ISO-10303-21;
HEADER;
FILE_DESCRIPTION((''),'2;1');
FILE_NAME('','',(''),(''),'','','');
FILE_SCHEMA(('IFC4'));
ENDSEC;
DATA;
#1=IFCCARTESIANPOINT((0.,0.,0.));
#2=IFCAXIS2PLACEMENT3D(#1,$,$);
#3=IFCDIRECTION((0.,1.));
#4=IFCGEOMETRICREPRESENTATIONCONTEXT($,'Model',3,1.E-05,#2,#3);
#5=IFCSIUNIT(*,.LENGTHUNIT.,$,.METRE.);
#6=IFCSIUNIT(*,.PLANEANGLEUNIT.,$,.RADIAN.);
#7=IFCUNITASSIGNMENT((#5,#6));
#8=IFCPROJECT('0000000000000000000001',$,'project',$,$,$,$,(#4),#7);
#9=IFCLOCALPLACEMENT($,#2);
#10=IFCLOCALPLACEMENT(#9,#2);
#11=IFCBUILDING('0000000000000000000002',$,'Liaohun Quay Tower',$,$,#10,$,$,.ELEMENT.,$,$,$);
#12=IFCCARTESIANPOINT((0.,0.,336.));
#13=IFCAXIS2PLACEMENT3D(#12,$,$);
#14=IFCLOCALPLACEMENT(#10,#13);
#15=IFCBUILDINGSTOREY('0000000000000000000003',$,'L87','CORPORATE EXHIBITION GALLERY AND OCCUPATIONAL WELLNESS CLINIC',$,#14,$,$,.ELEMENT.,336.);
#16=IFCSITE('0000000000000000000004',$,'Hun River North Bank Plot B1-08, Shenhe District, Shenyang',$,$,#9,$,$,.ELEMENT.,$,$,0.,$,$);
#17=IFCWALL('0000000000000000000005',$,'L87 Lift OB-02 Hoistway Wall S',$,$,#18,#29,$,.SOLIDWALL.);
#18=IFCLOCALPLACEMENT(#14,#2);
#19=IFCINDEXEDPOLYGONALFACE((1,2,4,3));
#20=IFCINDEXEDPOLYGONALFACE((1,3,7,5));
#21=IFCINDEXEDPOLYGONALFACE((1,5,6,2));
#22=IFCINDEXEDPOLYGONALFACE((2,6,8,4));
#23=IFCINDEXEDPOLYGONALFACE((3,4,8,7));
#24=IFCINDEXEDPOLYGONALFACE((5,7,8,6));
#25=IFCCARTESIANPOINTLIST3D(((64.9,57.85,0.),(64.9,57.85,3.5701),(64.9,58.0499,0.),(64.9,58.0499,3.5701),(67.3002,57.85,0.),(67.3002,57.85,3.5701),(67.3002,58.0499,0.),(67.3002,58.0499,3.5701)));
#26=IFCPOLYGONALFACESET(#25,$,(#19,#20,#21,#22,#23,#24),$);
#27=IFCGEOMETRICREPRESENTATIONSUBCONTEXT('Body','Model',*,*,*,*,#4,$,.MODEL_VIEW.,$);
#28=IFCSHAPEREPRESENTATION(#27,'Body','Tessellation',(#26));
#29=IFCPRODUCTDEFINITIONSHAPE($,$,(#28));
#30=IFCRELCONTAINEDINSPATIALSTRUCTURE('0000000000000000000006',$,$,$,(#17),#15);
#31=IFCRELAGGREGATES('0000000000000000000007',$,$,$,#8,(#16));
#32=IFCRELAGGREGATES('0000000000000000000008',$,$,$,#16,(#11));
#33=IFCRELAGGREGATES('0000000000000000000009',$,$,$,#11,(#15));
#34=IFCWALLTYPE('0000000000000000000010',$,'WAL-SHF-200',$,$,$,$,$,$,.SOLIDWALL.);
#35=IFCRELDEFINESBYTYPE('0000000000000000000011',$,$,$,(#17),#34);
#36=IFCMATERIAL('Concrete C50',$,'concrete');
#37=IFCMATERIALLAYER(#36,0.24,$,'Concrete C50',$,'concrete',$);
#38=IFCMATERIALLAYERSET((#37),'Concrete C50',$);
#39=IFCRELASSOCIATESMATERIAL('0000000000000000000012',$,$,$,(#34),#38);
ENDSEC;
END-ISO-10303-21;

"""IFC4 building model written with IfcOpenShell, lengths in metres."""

from ifc_helpers import new_model, si_unit, direction, frame, frame_2d, origin, place, context, subcontext, project, spatial, rectangle, extrude, material, layer, layer_set, type_object, element, save


model = new_model("IFC4")

# Units and contexts
model_context = context("Model", 3, precision=1e-05, world=origin(), true_north=direction((0.0, 1.0)))
body_context = subcontext(model_context, "Body", "Model", "MODEL_VIEW")
ifc_project = project(units=[si_unit("LENGTHUNIT", "METRE"), si_unit("PLANEANGLEUNIT", "RADIAN")], contexts=[model_context])

# Site, building, storey
site_placement = place(None, origin())
site = spatial("IfcSite", under=ifc_project, at=site_placement, Name="Hun River North Bank Plot B1-08, Shenhe District, Shenyang", CompositionType="ELEMENT", RefElevation=0.0)
building_placement = place(site_placement, origin())
building = spatial("IfcBuilding", under=site, at=building_placement, Name="Liaohun Quay Tower", CompositionType="ELEMENT")
storey_placement = place(building_placement, frame((0.0, 0.0, 336.0)))
storey = spatial("IfcBuildingStorey", under=building, at=storey_placement, Name="L87", Description="CORPORATE EXHIBITION GALLERY AND OCCUPATIONAL WELLNESS CLINIC", CompositionType="ELEMENT", Elevation=336.0)

# Shared definitions
ifc_material_1 = material(Name="Concrete C50", Category="concrete")

# Wall
ifc_layer_1 = layer(ifc_material_1, 0.24, Name="Concrete C50", Category="concrete")
ifc_layer_set_1 = layer_set([ifc_layer_1], Name="Concrete C50")
wall_type_1 = type_object("IfcWallType", Name="WAL-SHF-200", PredefinedType="SOLIDWALL", material=ifc_layer_set_1)
wall_1_placement = place(storey_placement, frame((64.8999, 57.95, 0.0), z_axis=(0.0, 0.0, 1.0), x_axis=(1.0, 0.0, 0.0)))
element("IfcWall", 1, at=wall_1_placement, inside=storey, type_object=wall_type_1, Name="L87 Lift OB-02 Hoistway Wall S", PredefinedType="SOLIDWALL", context=body_context, shape_type="SweptSolid", body=[
    extrude(rectangle(XDim=2.4001, YDim=0.2, at=frame_2d((1.2002, 0.0))), origin(), (0.0, 0.0, 1.0), 3.5701),
])

save(model, "model.ifc")
